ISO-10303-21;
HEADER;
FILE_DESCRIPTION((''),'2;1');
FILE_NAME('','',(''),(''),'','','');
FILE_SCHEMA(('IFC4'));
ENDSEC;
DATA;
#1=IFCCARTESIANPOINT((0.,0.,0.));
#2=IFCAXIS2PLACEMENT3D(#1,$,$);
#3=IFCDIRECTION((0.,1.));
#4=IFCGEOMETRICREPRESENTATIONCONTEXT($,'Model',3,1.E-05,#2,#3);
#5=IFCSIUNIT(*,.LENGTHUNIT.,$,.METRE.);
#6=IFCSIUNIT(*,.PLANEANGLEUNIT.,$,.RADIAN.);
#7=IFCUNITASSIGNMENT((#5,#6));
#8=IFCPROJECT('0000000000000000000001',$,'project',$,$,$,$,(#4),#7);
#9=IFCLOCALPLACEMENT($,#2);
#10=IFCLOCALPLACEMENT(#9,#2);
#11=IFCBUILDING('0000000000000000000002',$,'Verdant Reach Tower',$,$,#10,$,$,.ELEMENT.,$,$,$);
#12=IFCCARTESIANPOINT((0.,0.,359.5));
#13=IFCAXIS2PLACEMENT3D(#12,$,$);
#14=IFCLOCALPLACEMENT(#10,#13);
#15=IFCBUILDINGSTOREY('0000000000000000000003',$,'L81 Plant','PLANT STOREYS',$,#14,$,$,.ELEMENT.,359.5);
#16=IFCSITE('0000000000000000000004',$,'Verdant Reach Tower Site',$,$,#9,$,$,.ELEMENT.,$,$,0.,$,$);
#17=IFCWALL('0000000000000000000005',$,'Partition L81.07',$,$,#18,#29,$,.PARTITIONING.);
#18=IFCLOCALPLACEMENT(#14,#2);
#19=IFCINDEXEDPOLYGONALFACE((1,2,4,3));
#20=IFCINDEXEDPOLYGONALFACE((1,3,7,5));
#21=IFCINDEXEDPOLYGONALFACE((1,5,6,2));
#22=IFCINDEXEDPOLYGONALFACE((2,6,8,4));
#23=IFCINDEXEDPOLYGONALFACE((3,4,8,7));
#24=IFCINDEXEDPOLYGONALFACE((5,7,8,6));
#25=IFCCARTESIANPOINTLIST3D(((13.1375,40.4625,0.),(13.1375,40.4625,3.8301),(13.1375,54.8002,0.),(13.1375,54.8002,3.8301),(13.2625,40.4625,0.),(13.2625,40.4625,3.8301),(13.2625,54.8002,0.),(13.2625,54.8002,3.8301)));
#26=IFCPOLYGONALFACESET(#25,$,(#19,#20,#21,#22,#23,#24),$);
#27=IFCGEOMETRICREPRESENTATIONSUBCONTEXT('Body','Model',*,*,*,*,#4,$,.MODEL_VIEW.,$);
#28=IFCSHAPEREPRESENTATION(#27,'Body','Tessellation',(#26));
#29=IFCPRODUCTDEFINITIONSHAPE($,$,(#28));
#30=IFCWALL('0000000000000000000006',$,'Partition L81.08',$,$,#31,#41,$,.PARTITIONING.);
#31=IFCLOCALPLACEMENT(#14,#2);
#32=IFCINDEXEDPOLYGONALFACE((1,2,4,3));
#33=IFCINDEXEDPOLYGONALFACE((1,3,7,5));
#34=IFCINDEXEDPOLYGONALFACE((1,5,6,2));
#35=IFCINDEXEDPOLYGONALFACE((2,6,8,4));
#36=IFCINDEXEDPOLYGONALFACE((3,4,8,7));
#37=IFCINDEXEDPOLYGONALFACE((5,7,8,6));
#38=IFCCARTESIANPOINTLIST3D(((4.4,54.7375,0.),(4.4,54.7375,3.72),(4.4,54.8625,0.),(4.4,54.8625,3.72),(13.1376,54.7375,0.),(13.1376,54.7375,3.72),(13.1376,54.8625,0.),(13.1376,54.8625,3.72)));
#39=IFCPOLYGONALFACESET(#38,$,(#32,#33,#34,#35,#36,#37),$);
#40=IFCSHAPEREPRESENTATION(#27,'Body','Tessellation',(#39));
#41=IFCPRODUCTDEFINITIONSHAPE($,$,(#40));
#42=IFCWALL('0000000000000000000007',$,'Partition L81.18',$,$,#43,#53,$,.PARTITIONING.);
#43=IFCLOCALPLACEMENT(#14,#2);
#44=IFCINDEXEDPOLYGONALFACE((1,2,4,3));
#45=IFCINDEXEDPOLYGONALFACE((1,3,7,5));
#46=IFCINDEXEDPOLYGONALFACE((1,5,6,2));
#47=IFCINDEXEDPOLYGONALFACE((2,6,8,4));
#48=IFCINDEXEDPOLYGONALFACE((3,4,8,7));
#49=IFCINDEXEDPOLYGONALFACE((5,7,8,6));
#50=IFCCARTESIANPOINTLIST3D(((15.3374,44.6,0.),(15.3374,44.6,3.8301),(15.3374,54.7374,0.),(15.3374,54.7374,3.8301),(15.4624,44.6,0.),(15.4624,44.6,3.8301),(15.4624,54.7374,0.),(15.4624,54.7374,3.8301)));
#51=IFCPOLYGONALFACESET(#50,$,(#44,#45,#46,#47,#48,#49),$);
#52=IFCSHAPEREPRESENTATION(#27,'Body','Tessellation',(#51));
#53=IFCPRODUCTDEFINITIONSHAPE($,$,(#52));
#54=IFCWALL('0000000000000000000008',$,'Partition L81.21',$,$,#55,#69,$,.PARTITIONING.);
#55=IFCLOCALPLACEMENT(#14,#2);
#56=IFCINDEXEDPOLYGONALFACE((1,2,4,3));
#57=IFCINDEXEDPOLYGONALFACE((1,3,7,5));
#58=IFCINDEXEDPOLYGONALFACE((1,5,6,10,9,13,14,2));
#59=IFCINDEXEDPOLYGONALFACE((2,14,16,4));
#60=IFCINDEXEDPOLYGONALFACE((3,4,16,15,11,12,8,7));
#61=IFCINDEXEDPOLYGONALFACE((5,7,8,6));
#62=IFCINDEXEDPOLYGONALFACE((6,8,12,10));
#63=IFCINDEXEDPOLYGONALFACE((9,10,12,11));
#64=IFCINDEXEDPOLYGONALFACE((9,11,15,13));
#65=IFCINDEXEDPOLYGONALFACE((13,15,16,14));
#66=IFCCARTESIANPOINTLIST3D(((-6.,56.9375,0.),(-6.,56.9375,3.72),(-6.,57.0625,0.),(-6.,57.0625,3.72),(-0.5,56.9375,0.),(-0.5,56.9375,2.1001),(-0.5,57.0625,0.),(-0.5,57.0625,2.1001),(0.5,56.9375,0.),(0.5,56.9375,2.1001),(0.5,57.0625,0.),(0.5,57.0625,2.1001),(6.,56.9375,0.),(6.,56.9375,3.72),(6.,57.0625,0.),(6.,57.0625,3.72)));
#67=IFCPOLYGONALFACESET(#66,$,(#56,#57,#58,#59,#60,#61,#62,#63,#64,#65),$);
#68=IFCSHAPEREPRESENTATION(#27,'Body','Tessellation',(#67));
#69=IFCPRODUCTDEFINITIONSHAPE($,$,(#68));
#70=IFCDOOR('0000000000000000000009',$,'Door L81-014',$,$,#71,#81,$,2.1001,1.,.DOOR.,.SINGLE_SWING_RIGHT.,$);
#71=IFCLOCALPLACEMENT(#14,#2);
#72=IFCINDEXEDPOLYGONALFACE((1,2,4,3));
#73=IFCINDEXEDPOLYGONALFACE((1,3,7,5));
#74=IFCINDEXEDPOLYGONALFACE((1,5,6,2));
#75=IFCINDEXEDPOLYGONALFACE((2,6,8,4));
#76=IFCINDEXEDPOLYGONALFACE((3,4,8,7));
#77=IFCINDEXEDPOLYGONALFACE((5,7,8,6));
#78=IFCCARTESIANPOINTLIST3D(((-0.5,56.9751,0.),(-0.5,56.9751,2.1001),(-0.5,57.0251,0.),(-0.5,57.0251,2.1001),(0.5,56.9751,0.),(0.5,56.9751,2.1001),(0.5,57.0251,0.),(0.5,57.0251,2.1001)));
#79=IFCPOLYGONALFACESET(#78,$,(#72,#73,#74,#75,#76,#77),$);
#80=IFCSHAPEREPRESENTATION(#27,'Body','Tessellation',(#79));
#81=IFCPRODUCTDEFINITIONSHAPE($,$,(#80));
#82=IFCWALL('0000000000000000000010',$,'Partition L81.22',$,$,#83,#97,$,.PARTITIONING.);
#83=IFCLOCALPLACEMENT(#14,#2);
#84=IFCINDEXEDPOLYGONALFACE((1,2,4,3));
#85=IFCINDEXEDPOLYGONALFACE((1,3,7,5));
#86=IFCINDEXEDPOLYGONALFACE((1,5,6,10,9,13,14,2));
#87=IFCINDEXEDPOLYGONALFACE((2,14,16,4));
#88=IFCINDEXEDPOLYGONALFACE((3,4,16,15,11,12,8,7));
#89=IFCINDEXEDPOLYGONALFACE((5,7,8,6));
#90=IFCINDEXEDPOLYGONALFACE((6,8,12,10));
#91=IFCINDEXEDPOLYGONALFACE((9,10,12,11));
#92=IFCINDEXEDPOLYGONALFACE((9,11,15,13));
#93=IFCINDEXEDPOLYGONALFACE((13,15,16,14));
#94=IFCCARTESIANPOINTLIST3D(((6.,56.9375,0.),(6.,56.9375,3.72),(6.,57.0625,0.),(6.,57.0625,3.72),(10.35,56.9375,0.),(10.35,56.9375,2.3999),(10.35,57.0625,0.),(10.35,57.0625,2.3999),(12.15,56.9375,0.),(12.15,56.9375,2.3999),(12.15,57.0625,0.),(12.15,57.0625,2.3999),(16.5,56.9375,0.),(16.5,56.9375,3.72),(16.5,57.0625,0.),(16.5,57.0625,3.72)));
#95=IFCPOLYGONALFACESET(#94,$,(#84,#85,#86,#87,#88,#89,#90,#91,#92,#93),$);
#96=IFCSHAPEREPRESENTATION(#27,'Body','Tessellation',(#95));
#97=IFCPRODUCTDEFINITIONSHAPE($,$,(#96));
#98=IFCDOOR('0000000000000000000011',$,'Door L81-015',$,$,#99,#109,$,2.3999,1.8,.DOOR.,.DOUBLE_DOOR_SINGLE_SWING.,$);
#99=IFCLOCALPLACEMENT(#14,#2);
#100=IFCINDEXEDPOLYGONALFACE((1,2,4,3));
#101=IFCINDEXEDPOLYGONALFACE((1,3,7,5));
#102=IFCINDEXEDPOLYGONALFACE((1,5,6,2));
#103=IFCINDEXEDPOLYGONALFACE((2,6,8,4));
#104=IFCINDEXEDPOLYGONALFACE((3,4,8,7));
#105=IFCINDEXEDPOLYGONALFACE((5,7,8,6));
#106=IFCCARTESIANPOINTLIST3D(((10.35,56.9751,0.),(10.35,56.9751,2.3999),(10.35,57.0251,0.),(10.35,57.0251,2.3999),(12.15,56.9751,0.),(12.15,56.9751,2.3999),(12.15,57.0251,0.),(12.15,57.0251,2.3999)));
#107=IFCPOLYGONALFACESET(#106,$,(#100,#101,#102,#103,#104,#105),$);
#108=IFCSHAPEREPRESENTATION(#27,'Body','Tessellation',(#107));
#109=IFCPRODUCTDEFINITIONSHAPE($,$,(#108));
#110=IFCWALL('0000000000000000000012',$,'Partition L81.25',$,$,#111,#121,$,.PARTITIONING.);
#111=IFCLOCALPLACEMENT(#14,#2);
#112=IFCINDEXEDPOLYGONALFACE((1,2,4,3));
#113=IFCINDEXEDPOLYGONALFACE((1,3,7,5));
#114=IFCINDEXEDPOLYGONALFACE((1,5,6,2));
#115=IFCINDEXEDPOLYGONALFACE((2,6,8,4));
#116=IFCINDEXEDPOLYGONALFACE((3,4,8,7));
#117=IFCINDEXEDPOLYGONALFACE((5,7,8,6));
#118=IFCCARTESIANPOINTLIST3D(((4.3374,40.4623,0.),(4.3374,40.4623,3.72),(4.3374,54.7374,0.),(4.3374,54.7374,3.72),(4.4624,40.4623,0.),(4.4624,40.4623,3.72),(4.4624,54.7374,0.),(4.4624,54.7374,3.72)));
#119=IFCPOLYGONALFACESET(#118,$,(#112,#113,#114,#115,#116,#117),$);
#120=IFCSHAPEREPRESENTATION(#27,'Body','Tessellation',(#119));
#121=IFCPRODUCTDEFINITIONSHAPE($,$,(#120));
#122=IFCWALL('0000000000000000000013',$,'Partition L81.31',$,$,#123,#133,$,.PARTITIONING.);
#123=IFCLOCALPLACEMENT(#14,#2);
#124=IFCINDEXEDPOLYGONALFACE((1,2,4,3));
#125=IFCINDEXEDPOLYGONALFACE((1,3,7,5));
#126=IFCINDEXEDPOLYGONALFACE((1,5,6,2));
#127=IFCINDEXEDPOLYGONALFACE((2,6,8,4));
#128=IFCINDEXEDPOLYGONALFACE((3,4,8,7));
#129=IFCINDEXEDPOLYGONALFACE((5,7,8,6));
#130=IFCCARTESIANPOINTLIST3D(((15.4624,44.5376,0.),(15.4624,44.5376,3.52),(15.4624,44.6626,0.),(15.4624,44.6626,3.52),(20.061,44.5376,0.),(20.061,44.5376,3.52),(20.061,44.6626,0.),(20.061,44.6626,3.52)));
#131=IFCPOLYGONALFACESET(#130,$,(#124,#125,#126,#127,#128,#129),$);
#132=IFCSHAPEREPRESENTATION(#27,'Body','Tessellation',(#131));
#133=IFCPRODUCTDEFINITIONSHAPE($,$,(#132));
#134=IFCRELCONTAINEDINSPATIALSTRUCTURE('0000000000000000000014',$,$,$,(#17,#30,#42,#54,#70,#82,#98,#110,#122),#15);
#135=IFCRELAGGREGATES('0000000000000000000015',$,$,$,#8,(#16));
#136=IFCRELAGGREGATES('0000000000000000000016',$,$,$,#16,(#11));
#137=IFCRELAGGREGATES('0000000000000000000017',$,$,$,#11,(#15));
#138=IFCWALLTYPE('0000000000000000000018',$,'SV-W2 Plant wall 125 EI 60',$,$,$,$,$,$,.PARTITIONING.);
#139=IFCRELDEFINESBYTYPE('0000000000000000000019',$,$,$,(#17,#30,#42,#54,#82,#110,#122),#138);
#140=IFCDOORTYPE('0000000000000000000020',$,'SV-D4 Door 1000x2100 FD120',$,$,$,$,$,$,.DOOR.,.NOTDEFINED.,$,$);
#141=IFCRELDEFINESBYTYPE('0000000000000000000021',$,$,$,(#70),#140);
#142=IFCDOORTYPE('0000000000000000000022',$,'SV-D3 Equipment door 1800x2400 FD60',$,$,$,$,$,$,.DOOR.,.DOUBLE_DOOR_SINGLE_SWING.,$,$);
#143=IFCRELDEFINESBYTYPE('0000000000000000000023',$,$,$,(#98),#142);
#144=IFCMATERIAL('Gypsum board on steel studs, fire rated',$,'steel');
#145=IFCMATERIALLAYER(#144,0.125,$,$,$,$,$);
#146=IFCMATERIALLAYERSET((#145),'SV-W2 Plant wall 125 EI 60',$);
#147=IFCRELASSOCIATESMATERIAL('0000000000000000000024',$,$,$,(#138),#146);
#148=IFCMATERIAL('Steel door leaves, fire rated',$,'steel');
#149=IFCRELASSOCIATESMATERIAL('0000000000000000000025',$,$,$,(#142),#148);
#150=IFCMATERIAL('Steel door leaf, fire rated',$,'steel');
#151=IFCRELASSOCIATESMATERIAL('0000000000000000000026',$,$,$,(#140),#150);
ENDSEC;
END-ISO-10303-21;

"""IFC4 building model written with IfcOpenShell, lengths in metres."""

from ifc_helpers import new_model, si_unit, direction, frame, frame_2d, origin, place, context, subcontext, project, spatial, rectangle, extrude, material, layer, layer_set, type_object, element, fill, save


model = new_model("IFC4")

# Units and contexts
model_context = context("Model", 3, precision=1e-05, world=origin(), true_north=direction((0.0, 1.0)))
body_context = subcontext(model_context, "Body", "Model", "MODEL_VIEW")
ifc_project = project(units=[si_unit("LENGTHUNIT", "METRE"), si_unit("PLANEANGLEUNIT", "RADIAN")], contexts=[model_context])

# Site, building, storey
site_placement = place(None, origin())
site = spatial("IfcSite", under=ifc_project, at=site_placement, Name="Verdant Reach Tower Site", CompositionType="ELEMENT", RefElevation=0.0)
building_placement = place(site_placement, origin())
building = spatial("IfcBuilding", under=site, at=building_placement, Name="Verdant Reach Tower", CompositionType="ELEMENT")
storey_placement = place(building_placement, frame((0.0, 0.0, 359.5)))
storey = spatial("IfcBuildingStorey", under=building, at=storey_placement, Name="L81 Plant", Description="PLANT STOREYS", CompositionType="ELEMENT", Elevation=359.5)

# Shared definitions
ifc_material_1 = material(Name="Gypsum board on steel studs, fire rated", Category="steel")
ifc_layer = layer(ifc_material_1, 0.125)
ifc_layer_set = layer_set([ifc_layer], Name="SV-W2 Plant wall 125 EI 60")
wall_type = type_object("IfcWallType", Name="SV-W2 Plant wall 125 EI 60", PredefinedType="PARTITIONING", material=ifc_layer_set)
ifc_material_2 = material(Name="Steel door leaves, fire rated", Category="steel")
door_type_1 = type_object("IfcDoorType", Name="SV-D3 Equipment door 1800x2400 FD60", OperationType="DOUBLE_DOOR_SINGLE_SWING", PredefinedType="DOOR", material=ifc_material_2)

# Walls
wall_1_placement = place(storey_placement, frame((13.2, 40.4624, 0.0), z_axis=(0.0, 0.0, 1.0), x_axis=(0.0, 1.0, 0.0)))
element("IfcWall", 1, at=wall_1_placement, inside=storey, type_object=wall_type, Name="Partition L81.07", PredefinedType="PARTITIONING", context=body_context, shape_type="SweptSolid", body=[
    extrude(rectangle(XDim=14.3376, YDim=0.125, at=frame_2d((7.1689, 0.0))), origin(), (0.0, 0.0, 1.0), 3.8301),
])
wall_2_placement = place(storey_placement, frame((13.1375, 54.8, 0.0), z_axis=(0.0, 0.0, 1.0), x_axis=(-1.0, 0.0, 0.0)))
element("IfcWall", 2, at=wall_2_placement, inside=storey, type_object=wall_type, Name="Partition L81.08", PredefinedType="PARTITIONING", context=body_context, shape_type="SweptSolid", body=[
    extrude(rectangle(XDim=8.7375, YDim=0.125, at=frame_2d((4.3687, 0.0))), origin(), (0.0, 0.0, 1.0), 3.72),
])
wall_3_placement = place(storey_placement, frame((15.3999, 54.7375, 0.0), z_axis=(0.0, 0.0, 1.0), x_axis=(0.0, -1.0, 0.0)))
element("IfcWall", 3, at=wall_3_placement, inside=storey, type_object=wall_type, Name="Partition L81.18", PredefinedType="PARTITIONING", context=body_context, shape_type="SweptSolid", body=[
    extrude(rectangle(XDim=10.1375, YDim=0.125, at=frame_2d((5.0688, 0.0))), origin(), (0.0, 0.0, 1.0), 3.8301),
])

# Walls, openings, doors
wall_4_placement = place(storey_placement, frame((6.0, 57.0, 0.0), z_axis=(0.0, 0.0, 1.0), x_axis=(-1.0, 0.0, 0.0)))
wall_4 = element("IfcWall", 4, at=wall_4_placement, inside=storey, type_object=wall_type, Name="Partition L81.21", PredefinedType="PARTITIONING", context=body_context, shape_type="SweptSolid", body=[
    extrude(rectangle(XDim=12.0, YDim=0.125, at=frame_2d((6.0, 0.0))), origin(), (0.0, 0.0, 1.0), 3.72),
])
opening_1_placement = place(wall_4_placement, frame((5.5, 0.0, 0.0)))
opening_1 = element("IfcOpeningElement", 5, at=opening_1_placement, cuts=wall_4, PredefinedType="OPENING", context=body_context, shape_type="SweptSolid", body=[
    extrude(rectangle(XDim=1.0, YDim=2.1001, at=frame_2d((0.5, 1.05))), frame((0.0, 0.0725, 0.0), z_axis=(0.0, -1.0, 0.0), x_axis=(1.0, 0.0, 0.0)), (0.0, 0.0, 1.0), 0.145),
])
ifc_material_3 = material(Name="Steel door leaf, fire rated", Category="steel")
door_type_2 = type_object("IfcDoorType", Name="SV-D4 Door 1000x2100 FD120", OperationType="NOTDEFINED", PredefinedType="DOOR", material=ifc_material_3)
door_1_placement = place(opening_1_placement, origin())
door_1 = element("IfcDoor", 6, at=door_1_placement, inside=storey, type_object=door_type_2, Name="Door L81-014", OperationType="SINGLE_SWING_RIGHT", OverallHeight=2.1001, OverallWidth=1.0, PredefinedType="DOOR", context=body_context, shape_type="SweptSolid", body=[
    extrude(rectangle(XDim=1.0, YDim=2.1001, at=frame_2d((0.5, 1.05))), frame((0.0, 0.0249, 0.0), z_axis=(0.0, -1.0, 0.0), x_axis=(1.0, 0.0, 0.0)), (0.0, 0.0, 1.0), 0.05),
])
fill(opening_1, door_1)
wall_5_placement = place(storey_placement, frame((16.5, 57.0, 0.0), z_axis=(0.0, 0.0, 1.0), x_axis=(-1.0, 0.0, 0.0)))
wall_5 = element("IfcWall", 7, at=wall_5_placement, inside=storey, type_object=wall_type, Name="Partition L81.22", PredefinedType="PARTITIONING", context=body_context, shape_type="SweptSolid", body=[
    extrude(rectangle(XDim=10.5, YDim=0.125, at=frame_2d((5.25, 0.0))), origin(), (0.0, 0.0, 1.0), 3.72),
])
opening_2_placement = place(wall_5_placement, frame((4.3501, 0.0, 0.0)))
opening_2 = element("IfcOpeningElement", 8, at=opening_2_placement, cuts=wall_5, PredefinedType="OPENING", context=body_context, shape_type="SweptSolid", body=[
    extrude(rectangle(XDim=1.8, YDim=2.3999, at=frame_2d((0.8999, 1.2))), frame((0.0, 0.0725, 0.0), z_axis=(0.0, -1.0, 0.0), x_axis=(1.0, 0.0, 0.0)), (0.0, 0.0, 1.0), 0.145),
])
door_2_placement = place(opening_2_placement, origin())
door_2 = element("IfcDoor", 9, at=door_2_placement, inside=storey, type_object=door_type_1, Name="Door L81-015", OperationType="DOUBLE_DOOR_SINGLE_SWING", OverallHeight=2.3999, OverallWidth=1.8, PredefinedType="DOOR", context=body_context, shape_type="SweptSolid", body=[
    extrude(rectangle(XDim=1.8, YDim=2.3999, at=frame_2d((0.8999, 1.2))), frame((0.0, 0.0249, 0.0), z_axis=(0.0, -1.0, 0.0), x_axis=(1.0, 0.0, 0.0)), (0.0, 0.0, 1.0), 0.05),
])
fill(opening_2, door_2)

# Walls
wall_6_placement = place(storey_placement, frame((4.3999, 54.7375, 0.0), z_axis=(0.0, 0.0, 1.0), x_axis=(0.0, -1.0, 0.0)))
element("IfcWall", 10, at=wall_6_placement, inside=storey, type_object=wall_type, Name="Partition L81.25", PredefinedType="PARTITIONING", context=body_context, shape_type="SweptSolid", body=[
    extrude(rectangle(XDim=14.2751, YDim=0.125, at=frame_2d((7.1377, 0.0))), origin(), (0.0, 0.0, 1.0), 3.72),
])
wall_7_placement = place(storey_placement, frame((15.4624, 44.6001, 0.0), z_axis=(0.0, 0.0, 1.0), x_axis=(1.0, 0.0, 0.0)))
element("IfcWall", 11, at=wall_7_placement, inside=storey, type_object=wall_type, Name="Partition L81.31", PredefinedType="PARTITIONING", context=body_context, shape_type="SweptSolid", body=[
    extrude(rectangle(XDim=4.5986, YDim=0.125, at=frame_2d((2.2993, 0.0))), origin(), (0.0, 0.0, 1.0), 3.52),
])

save(model, "model.ifc")
